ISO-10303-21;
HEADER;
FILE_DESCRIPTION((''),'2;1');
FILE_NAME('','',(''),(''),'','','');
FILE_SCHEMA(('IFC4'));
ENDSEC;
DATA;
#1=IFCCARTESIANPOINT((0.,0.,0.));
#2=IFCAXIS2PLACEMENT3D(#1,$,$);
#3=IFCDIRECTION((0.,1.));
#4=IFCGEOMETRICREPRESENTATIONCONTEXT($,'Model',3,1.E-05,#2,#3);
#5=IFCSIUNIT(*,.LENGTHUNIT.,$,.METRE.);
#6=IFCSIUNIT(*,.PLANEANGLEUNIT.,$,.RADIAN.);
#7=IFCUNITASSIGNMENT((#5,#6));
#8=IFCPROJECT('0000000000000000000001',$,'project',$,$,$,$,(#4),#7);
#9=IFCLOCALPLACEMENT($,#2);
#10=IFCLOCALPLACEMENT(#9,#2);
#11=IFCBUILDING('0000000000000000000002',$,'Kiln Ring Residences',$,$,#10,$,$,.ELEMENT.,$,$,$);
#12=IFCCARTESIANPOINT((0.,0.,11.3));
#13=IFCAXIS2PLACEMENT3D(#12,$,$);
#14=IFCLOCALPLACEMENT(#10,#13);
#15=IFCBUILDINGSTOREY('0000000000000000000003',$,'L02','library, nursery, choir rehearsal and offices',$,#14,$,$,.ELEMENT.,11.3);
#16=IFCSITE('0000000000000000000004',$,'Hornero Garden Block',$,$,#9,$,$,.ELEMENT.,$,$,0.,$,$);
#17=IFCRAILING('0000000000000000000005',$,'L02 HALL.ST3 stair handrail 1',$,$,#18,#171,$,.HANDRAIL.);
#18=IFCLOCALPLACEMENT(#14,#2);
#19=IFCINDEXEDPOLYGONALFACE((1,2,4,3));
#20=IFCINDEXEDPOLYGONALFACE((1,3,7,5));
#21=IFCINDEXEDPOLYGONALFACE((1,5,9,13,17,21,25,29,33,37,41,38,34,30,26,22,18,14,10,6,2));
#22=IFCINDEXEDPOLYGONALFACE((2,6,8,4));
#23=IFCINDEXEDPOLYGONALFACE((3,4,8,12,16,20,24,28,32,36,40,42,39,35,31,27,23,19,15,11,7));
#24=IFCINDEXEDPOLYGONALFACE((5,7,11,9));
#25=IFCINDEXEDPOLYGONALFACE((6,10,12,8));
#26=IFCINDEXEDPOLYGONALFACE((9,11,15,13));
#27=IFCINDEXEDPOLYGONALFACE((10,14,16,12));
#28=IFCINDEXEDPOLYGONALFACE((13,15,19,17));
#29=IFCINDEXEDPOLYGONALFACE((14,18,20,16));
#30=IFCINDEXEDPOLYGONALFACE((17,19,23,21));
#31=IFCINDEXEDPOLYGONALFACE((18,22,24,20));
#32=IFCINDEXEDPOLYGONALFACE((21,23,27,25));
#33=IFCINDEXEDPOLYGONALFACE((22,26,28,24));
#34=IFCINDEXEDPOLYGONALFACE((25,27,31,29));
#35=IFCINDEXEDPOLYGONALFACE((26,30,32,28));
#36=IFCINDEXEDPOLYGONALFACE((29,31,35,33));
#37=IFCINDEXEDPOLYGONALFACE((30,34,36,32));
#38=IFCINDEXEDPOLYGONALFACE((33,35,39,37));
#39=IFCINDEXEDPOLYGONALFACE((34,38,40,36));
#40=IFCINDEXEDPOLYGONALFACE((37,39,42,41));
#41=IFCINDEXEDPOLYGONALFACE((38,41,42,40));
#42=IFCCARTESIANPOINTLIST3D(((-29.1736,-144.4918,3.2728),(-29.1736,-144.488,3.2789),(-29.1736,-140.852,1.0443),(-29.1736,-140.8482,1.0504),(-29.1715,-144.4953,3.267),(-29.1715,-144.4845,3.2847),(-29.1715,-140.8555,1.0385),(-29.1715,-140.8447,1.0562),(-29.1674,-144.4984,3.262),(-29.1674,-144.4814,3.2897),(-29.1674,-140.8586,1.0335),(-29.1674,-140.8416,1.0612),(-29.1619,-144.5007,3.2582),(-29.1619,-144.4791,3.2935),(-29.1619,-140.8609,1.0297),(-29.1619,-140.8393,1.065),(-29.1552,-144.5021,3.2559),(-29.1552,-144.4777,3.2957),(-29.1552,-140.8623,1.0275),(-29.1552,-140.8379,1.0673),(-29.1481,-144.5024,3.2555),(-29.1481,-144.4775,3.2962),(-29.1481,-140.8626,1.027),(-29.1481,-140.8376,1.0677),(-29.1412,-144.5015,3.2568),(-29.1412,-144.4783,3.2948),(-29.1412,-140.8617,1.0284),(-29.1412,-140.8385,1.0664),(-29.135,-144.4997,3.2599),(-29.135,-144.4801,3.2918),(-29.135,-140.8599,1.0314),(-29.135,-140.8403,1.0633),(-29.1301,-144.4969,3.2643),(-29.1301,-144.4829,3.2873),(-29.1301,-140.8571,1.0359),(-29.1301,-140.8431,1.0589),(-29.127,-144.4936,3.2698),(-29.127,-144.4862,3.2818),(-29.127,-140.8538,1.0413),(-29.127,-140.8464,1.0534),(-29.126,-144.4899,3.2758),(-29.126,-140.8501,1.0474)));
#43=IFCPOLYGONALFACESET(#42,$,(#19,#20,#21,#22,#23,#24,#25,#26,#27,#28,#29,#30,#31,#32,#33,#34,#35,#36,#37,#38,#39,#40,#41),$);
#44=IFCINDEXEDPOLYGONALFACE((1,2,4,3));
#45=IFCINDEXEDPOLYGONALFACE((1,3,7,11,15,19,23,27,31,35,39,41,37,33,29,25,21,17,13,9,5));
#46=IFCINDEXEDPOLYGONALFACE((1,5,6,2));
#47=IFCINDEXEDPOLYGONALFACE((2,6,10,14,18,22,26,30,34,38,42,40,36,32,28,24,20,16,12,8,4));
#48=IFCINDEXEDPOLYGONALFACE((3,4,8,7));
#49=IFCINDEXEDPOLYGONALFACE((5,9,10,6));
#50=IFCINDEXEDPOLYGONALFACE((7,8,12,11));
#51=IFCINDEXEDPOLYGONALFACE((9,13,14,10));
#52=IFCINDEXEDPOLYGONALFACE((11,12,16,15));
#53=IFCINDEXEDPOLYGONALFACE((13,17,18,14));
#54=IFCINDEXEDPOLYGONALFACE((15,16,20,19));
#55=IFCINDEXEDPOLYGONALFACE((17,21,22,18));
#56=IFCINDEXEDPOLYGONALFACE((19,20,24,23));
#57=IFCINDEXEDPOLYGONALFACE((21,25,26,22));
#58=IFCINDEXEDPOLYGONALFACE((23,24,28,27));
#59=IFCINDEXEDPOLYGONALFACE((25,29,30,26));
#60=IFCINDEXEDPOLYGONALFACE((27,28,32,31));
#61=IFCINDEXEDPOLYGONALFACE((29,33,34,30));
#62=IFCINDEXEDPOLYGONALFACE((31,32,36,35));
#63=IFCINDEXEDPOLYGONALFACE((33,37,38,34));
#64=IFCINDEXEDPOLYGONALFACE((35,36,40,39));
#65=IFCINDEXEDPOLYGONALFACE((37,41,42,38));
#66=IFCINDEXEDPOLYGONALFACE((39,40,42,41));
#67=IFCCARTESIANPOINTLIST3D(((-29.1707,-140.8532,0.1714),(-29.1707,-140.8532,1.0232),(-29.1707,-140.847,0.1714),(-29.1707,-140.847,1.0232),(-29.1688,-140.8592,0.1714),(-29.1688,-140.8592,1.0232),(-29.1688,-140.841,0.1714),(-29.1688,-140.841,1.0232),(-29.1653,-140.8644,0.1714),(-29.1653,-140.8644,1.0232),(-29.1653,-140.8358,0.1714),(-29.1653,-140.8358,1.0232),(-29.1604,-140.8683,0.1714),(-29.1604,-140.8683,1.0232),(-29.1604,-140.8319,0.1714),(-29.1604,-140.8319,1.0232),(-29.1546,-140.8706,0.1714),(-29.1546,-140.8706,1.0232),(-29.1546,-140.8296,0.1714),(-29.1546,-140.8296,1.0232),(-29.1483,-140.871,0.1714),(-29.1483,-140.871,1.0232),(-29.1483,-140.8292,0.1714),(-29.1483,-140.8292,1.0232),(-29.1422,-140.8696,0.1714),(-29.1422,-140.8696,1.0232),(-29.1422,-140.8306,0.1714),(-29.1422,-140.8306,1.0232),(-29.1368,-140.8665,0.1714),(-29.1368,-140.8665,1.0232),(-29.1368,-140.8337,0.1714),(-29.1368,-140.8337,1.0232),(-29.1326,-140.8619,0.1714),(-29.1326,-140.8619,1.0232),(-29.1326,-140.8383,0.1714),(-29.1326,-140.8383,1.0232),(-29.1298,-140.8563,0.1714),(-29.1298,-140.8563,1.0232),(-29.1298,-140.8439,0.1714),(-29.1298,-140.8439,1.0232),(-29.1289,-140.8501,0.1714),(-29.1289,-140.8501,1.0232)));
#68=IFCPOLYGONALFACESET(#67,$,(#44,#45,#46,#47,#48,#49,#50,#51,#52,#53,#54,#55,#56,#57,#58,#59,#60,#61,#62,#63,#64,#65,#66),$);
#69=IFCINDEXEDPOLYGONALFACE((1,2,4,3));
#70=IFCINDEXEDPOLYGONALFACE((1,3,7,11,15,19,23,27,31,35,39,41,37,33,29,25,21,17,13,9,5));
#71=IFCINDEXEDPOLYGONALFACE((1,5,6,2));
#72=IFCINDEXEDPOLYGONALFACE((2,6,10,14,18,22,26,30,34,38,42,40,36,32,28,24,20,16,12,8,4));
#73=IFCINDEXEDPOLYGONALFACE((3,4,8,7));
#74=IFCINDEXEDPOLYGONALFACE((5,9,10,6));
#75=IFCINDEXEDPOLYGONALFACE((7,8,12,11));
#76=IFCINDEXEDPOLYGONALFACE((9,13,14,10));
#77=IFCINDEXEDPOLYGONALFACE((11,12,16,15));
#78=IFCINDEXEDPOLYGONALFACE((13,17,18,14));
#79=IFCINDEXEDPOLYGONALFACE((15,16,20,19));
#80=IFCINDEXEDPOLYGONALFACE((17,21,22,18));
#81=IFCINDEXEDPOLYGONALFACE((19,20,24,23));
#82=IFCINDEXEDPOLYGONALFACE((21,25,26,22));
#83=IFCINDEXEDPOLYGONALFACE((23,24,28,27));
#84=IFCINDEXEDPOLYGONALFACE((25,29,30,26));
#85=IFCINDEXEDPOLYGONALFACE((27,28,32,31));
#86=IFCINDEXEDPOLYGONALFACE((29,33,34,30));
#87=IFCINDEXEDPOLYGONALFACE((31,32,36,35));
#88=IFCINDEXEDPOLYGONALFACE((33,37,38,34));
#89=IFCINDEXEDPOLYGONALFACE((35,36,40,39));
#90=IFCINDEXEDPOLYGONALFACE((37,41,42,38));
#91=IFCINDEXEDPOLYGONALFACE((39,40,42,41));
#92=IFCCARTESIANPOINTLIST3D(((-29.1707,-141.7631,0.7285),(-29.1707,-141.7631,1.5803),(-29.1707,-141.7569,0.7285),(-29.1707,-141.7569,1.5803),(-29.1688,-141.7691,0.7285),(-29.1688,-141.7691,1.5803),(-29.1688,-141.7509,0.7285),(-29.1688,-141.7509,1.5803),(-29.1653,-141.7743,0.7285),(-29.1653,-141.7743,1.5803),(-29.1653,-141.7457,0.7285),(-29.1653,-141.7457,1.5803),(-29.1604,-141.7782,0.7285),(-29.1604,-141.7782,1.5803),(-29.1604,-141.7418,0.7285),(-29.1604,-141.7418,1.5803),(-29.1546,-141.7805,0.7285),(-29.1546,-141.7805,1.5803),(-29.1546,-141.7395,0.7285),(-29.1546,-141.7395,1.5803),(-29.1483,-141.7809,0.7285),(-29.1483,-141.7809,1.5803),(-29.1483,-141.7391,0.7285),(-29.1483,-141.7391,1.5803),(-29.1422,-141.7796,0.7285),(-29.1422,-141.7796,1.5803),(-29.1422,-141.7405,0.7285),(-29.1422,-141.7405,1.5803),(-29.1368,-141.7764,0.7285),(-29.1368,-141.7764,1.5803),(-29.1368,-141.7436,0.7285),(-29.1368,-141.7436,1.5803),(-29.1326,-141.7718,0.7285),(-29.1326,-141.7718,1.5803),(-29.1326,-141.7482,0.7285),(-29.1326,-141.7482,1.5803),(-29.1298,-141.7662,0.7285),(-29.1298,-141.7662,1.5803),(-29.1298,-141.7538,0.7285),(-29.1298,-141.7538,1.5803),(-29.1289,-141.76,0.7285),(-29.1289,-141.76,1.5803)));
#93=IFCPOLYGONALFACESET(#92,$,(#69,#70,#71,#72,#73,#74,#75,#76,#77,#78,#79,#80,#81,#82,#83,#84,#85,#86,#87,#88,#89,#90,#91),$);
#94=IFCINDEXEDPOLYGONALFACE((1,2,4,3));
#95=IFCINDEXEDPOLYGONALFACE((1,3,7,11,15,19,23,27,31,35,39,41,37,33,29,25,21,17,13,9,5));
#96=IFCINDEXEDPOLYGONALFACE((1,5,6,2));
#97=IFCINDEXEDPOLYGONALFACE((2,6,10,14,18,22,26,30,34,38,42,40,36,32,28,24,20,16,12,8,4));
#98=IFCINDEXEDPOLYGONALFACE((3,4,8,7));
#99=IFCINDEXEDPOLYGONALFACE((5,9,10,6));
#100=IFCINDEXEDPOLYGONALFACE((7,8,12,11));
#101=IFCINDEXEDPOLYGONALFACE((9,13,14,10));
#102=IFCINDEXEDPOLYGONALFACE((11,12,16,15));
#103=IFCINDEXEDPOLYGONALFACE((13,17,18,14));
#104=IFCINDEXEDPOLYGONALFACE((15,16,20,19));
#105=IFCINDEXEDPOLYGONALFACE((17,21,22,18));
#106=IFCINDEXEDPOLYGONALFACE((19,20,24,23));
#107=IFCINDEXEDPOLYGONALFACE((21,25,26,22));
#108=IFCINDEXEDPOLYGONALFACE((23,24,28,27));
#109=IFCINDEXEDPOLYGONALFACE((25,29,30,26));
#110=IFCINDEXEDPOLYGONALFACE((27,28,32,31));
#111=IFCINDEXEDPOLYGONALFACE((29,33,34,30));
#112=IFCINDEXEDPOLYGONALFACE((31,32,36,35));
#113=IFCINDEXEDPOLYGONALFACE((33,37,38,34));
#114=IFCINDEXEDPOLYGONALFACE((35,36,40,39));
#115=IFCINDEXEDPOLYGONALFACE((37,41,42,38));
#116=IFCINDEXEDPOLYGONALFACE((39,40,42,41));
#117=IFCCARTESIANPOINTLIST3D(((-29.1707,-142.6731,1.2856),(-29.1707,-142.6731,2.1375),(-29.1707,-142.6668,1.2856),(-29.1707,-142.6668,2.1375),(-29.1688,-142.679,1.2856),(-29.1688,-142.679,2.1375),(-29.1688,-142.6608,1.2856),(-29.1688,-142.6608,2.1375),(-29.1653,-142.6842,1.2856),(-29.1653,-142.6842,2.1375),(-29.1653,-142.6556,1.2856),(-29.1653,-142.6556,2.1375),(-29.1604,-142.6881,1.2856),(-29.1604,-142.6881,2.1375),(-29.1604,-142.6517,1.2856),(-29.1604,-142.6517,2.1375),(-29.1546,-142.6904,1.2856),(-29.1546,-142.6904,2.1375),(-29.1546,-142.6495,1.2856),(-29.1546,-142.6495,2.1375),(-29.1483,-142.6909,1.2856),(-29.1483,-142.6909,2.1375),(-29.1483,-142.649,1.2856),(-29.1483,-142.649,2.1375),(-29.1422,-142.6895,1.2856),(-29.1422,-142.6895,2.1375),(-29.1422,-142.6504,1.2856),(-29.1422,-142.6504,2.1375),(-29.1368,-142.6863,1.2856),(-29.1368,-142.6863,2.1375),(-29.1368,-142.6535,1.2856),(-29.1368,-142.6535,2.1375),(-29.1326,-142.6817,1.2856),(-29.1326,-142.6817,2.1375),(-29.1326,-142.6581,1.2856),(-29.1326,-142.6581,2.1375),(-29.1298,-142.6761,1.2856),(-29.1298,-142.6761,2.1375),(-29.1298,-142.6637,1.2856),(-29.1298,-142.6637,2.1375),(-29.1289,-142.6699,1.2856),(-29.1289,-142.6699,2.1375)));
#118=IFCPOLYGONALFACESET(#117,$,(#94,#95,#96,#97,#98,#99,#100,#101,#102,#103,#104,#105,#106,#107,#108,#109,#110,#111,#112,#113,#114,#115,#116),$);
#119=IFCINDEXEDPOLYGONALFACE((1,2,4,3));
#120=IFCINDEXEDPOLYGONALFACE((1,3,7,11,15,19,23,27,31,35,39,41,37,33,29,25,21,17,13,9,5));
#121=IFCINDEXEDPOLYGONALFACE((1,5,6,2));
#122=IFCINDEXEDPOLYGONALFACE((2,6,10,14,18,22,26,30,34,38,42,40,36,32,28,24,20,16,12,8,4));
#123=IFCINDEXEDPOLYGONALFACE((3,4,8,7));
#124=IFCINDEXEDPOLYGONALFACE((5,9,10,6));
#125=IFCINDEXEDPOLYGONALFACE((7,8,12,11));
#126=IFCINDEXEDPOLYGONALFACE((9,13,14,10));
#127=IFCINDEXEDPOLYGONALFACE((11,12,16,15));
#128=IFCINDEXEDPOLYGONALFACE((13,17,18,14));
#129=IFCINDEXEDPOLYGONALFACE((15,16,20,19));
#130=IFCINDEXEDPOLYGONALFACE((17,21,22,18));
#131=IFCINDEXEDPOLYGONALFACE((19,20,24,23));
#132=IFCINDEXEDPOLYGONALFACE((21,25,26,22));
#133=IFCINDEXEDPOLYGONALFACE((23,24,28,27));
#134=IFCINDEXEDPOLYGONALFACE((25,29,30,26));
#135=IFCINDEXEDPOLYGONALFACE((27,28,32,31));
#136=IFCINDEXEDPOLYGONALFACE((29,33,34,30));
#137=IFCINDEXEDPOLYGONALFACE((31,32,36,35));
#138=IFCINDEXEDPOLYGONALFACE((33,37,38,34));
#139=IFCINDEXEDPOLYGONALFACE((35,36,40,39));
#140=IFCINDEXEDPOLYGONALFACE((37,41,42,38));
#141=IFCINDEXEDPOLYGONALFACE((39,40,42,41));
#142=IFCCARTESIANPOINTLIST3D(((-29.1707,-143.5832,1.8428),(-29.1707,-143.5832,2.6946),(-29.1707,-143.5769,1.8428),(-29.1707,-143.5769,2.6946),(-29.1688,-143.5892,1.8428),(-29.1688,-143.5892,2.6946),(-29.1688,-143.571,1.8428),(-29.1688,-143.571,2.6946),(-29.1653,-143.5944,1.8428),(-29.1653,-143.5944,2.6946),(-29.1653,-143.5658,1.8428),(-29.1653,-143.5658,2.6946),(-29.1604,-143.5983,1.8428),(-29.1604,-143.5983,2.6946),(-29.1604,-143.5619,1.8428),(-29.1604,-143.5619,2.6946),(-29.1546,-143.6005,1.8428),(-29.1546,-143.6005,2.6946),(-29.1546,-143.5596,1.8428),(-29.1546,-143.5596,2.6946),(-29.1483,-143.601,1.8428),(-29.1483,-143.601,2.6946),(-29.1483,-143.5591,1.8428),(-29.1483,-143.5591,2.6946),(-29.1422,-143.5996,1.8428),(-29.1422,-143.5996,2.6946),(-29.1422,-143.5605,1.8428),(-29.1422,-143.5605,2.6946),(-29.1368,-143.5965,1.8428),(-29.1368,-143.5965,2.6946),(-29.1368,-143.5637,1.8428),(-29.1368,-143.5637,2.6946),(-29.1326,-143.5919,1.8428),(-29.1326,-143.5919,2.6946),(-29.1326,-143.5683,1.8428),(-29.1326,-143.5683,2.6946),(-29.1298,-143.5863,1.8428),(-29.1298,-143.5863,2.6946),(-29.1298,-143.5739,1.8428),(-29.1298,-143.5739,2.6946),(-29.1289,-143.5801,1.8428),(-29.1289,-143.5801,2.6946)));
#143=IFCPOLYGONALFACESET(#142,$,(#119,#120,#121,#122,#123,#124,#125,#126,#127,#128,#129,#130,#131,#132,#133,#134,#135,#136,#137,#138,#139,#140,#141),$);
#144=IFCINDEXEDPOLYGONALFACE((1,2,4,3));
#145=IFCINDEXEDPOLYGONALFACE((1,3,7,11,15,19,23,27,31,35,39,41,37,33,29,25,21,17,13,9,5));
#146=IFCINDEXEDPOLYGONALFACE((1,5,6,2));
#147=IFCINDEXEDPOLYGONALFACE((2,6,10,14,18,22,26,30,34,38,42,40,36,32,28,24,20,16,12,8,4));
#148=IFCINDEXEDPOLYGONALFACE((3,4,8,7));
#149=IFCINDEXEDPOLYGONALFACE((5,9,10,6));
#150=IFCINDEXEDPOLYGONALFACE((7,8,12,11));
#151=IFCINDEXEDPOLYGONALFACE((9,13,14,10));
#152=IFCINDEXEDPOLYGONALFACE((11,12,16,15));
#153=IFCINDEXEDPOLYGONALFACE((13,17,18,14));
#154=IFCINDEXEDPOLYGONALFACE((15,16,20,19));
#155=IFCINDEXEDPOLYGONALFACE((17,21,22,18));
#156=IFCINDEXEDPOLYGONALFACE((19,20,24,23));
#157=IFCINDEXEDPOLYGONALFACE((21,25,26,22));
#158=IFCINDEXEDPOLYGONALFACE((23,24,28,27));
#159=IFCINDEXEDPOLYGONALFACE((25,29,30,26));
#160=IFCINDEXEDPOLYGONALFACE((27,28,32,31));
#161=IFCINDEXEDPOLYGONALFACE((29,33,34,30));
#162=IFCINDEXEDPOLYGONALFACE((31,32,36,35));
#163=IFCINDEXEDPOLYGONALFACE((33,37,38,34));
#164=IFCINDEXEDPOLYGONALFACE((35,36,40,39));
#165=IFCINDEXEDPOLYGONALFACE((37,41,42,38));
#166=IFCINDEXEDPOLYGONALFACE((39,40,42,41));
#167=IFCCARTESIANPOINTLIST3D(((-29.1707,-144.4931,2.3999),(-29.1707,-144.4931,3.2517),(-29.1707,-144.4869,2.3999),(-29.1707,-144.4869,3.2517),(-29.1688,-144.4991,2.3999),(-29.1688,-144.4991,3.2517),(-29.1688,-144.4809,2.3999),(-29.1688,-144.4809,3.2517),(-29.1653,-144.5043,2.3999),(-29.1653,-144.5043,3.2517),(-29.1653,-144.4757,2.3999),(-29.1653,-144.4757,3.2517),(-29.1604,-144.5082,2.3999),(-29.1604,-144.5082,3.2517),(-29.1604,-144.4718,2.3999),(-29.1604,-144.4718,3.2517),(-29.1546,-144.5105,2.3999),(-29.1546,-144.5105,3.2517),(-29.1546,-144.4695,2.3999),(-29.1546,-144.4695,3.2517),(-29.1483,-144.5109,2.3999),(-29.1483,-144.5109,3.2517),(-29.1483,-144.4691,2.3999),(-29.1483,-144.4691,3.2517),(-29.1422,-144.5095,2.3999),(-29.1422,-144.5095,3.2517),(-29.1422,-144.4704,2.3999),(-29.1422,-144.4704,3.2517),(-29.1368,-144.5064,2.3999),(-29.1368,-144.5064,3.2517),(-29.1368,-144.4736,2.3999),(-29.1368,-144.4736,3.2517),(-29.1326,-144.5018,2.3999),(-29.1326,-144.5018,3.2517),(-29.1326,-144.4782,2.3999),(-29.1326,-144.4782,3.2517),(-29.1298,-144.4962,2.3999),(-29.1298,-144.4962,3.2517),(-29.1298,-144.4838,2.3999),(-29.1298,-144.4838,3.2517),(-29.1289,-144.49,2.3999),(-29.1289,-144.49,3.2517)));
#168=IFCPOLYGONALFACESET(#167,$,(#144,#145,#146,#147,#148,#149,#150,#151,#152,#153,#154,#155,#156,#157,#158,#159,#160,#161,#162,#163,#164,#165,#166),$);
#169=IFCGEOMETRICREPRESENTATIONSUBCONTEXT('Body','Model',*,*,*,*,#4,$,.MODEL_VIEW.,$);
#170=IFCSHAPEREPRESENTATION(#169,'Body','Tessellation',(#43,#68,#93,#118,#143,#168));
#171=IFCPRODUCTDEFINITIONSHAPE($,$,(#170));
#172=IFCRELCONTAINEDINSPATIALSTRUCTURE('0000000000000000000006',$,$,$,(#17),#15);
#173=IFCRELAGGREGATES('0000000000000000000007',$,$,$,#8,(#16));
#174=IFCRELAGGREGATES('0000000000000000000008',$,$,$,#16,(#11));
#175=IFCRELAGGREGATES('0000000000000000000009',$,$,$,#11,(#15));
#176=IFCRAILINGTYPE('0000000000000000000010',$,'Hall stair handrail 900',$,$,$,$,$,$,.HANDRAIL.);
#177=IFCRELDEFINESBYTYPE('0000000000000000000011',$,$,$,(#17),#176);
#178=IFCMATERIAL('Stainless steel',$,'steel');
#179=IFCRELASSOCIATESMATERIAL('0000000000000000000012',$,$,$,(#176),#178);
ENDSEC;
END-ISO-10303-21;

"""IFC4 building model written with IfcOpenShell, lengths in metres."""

from ifc_helpers import new_model, si_unit, direction, frame, origin, origin_2d, place, context, subcontext, project, spatial, circle, extrude, material, type_object, element, save


model = new_model("IFC4")

# Units and contexts
model_context = context("Model", 3, precision=1e-05, world=origin(), true_north=direction((0.0, 1.0)))
body_context = subcontext(model_context, "Body", "Model", "MODEL_VIEW")
ifc_project = project(units=[si_unit("LENGTHUNIT", "METRE"), si_unit("PLANEANGLEUNIT", "RADIAN")], contexts=[model_context])

# Site, building, storey
site_placement = place(None, origin())
site = spatial("IfcSite", under=ifc_project, at=site_placement, Name="Hornero Garden Block", CompositionType="ELEMENT", RefElevation=0.0)
building_placement = place(site_placement, origin())
building = spatial("IfcBuilding", under=site, at=building_placement, Name="Kiln Ring Residences", CompositionType="ELEMENT")
storey_placement = place(building_placement, frame((0.0, 0.0, 11.3)))
storey = spatial("IfcBuildingStorey", under=building, at=storey_placement, Name="L02", Description="library, nursery, choir rehearsal and offices", CompositionType="ELEMENT", Elevation=11.3)

# Railing
ifc_material_1 = material(Name="Stainless steel", Category="steel")
railing_type_1 = type_object("IfcRailingType", Name="Hall stair handrail 900", PredefinedType="HANDRAIL", material=ifc_material_1)
railing_1_placement = place(storey_placement, frame((-29.1499, -140.8501, 0.1714)))
element("IfcRailing", 1, at=railing_1_placement, inside=storey, type_object=railing_type_1, Name="L02 HALL.ST3 stair handrail 1", PredefinedType="HANDRAIL", context=body_context, shape_type="SweptSolid", body=[
    extrude(circle(Radius=0.0239, at=origin_2d()), frame((0.0, 0.0, 0.876), z_axis=(0.0, -0.85285, 0.522156), x_axis=(1.0, 0.0, 0.0)), (0.0, 0.0, 1.0), 4.2678),
    extrude(circle(Radius=0.021, at=origin_2d()), origin(), (0.0, 0.0, 1.0), 0.8518),
    extrude(circle(Radius=0.021, at=origin_2d()), frame((0.0, -0.9099, 0.5571)), (0.0, 0.0, 1.0), 0.8518),
    extrude(circle(Radius=0.021, at=origin_2d()), frame((0.0, -1.8198, 1.1143)), (0.0, 0.0, 1.0), 0.8518),
    extrude(circle(Radius=0.021, at=origin_2d()), frame((0.0, -2.73, 1.6714)), (0.0, 0.0, 1.0), 0.8518),
    extrude(circle(Radius=0.021, at=origin_2d()), frame((0.0, -3.6399, 2.2285)), (0.0, 0.0, 1.0), 0.8518),
])

save(model, "model.ifc")
